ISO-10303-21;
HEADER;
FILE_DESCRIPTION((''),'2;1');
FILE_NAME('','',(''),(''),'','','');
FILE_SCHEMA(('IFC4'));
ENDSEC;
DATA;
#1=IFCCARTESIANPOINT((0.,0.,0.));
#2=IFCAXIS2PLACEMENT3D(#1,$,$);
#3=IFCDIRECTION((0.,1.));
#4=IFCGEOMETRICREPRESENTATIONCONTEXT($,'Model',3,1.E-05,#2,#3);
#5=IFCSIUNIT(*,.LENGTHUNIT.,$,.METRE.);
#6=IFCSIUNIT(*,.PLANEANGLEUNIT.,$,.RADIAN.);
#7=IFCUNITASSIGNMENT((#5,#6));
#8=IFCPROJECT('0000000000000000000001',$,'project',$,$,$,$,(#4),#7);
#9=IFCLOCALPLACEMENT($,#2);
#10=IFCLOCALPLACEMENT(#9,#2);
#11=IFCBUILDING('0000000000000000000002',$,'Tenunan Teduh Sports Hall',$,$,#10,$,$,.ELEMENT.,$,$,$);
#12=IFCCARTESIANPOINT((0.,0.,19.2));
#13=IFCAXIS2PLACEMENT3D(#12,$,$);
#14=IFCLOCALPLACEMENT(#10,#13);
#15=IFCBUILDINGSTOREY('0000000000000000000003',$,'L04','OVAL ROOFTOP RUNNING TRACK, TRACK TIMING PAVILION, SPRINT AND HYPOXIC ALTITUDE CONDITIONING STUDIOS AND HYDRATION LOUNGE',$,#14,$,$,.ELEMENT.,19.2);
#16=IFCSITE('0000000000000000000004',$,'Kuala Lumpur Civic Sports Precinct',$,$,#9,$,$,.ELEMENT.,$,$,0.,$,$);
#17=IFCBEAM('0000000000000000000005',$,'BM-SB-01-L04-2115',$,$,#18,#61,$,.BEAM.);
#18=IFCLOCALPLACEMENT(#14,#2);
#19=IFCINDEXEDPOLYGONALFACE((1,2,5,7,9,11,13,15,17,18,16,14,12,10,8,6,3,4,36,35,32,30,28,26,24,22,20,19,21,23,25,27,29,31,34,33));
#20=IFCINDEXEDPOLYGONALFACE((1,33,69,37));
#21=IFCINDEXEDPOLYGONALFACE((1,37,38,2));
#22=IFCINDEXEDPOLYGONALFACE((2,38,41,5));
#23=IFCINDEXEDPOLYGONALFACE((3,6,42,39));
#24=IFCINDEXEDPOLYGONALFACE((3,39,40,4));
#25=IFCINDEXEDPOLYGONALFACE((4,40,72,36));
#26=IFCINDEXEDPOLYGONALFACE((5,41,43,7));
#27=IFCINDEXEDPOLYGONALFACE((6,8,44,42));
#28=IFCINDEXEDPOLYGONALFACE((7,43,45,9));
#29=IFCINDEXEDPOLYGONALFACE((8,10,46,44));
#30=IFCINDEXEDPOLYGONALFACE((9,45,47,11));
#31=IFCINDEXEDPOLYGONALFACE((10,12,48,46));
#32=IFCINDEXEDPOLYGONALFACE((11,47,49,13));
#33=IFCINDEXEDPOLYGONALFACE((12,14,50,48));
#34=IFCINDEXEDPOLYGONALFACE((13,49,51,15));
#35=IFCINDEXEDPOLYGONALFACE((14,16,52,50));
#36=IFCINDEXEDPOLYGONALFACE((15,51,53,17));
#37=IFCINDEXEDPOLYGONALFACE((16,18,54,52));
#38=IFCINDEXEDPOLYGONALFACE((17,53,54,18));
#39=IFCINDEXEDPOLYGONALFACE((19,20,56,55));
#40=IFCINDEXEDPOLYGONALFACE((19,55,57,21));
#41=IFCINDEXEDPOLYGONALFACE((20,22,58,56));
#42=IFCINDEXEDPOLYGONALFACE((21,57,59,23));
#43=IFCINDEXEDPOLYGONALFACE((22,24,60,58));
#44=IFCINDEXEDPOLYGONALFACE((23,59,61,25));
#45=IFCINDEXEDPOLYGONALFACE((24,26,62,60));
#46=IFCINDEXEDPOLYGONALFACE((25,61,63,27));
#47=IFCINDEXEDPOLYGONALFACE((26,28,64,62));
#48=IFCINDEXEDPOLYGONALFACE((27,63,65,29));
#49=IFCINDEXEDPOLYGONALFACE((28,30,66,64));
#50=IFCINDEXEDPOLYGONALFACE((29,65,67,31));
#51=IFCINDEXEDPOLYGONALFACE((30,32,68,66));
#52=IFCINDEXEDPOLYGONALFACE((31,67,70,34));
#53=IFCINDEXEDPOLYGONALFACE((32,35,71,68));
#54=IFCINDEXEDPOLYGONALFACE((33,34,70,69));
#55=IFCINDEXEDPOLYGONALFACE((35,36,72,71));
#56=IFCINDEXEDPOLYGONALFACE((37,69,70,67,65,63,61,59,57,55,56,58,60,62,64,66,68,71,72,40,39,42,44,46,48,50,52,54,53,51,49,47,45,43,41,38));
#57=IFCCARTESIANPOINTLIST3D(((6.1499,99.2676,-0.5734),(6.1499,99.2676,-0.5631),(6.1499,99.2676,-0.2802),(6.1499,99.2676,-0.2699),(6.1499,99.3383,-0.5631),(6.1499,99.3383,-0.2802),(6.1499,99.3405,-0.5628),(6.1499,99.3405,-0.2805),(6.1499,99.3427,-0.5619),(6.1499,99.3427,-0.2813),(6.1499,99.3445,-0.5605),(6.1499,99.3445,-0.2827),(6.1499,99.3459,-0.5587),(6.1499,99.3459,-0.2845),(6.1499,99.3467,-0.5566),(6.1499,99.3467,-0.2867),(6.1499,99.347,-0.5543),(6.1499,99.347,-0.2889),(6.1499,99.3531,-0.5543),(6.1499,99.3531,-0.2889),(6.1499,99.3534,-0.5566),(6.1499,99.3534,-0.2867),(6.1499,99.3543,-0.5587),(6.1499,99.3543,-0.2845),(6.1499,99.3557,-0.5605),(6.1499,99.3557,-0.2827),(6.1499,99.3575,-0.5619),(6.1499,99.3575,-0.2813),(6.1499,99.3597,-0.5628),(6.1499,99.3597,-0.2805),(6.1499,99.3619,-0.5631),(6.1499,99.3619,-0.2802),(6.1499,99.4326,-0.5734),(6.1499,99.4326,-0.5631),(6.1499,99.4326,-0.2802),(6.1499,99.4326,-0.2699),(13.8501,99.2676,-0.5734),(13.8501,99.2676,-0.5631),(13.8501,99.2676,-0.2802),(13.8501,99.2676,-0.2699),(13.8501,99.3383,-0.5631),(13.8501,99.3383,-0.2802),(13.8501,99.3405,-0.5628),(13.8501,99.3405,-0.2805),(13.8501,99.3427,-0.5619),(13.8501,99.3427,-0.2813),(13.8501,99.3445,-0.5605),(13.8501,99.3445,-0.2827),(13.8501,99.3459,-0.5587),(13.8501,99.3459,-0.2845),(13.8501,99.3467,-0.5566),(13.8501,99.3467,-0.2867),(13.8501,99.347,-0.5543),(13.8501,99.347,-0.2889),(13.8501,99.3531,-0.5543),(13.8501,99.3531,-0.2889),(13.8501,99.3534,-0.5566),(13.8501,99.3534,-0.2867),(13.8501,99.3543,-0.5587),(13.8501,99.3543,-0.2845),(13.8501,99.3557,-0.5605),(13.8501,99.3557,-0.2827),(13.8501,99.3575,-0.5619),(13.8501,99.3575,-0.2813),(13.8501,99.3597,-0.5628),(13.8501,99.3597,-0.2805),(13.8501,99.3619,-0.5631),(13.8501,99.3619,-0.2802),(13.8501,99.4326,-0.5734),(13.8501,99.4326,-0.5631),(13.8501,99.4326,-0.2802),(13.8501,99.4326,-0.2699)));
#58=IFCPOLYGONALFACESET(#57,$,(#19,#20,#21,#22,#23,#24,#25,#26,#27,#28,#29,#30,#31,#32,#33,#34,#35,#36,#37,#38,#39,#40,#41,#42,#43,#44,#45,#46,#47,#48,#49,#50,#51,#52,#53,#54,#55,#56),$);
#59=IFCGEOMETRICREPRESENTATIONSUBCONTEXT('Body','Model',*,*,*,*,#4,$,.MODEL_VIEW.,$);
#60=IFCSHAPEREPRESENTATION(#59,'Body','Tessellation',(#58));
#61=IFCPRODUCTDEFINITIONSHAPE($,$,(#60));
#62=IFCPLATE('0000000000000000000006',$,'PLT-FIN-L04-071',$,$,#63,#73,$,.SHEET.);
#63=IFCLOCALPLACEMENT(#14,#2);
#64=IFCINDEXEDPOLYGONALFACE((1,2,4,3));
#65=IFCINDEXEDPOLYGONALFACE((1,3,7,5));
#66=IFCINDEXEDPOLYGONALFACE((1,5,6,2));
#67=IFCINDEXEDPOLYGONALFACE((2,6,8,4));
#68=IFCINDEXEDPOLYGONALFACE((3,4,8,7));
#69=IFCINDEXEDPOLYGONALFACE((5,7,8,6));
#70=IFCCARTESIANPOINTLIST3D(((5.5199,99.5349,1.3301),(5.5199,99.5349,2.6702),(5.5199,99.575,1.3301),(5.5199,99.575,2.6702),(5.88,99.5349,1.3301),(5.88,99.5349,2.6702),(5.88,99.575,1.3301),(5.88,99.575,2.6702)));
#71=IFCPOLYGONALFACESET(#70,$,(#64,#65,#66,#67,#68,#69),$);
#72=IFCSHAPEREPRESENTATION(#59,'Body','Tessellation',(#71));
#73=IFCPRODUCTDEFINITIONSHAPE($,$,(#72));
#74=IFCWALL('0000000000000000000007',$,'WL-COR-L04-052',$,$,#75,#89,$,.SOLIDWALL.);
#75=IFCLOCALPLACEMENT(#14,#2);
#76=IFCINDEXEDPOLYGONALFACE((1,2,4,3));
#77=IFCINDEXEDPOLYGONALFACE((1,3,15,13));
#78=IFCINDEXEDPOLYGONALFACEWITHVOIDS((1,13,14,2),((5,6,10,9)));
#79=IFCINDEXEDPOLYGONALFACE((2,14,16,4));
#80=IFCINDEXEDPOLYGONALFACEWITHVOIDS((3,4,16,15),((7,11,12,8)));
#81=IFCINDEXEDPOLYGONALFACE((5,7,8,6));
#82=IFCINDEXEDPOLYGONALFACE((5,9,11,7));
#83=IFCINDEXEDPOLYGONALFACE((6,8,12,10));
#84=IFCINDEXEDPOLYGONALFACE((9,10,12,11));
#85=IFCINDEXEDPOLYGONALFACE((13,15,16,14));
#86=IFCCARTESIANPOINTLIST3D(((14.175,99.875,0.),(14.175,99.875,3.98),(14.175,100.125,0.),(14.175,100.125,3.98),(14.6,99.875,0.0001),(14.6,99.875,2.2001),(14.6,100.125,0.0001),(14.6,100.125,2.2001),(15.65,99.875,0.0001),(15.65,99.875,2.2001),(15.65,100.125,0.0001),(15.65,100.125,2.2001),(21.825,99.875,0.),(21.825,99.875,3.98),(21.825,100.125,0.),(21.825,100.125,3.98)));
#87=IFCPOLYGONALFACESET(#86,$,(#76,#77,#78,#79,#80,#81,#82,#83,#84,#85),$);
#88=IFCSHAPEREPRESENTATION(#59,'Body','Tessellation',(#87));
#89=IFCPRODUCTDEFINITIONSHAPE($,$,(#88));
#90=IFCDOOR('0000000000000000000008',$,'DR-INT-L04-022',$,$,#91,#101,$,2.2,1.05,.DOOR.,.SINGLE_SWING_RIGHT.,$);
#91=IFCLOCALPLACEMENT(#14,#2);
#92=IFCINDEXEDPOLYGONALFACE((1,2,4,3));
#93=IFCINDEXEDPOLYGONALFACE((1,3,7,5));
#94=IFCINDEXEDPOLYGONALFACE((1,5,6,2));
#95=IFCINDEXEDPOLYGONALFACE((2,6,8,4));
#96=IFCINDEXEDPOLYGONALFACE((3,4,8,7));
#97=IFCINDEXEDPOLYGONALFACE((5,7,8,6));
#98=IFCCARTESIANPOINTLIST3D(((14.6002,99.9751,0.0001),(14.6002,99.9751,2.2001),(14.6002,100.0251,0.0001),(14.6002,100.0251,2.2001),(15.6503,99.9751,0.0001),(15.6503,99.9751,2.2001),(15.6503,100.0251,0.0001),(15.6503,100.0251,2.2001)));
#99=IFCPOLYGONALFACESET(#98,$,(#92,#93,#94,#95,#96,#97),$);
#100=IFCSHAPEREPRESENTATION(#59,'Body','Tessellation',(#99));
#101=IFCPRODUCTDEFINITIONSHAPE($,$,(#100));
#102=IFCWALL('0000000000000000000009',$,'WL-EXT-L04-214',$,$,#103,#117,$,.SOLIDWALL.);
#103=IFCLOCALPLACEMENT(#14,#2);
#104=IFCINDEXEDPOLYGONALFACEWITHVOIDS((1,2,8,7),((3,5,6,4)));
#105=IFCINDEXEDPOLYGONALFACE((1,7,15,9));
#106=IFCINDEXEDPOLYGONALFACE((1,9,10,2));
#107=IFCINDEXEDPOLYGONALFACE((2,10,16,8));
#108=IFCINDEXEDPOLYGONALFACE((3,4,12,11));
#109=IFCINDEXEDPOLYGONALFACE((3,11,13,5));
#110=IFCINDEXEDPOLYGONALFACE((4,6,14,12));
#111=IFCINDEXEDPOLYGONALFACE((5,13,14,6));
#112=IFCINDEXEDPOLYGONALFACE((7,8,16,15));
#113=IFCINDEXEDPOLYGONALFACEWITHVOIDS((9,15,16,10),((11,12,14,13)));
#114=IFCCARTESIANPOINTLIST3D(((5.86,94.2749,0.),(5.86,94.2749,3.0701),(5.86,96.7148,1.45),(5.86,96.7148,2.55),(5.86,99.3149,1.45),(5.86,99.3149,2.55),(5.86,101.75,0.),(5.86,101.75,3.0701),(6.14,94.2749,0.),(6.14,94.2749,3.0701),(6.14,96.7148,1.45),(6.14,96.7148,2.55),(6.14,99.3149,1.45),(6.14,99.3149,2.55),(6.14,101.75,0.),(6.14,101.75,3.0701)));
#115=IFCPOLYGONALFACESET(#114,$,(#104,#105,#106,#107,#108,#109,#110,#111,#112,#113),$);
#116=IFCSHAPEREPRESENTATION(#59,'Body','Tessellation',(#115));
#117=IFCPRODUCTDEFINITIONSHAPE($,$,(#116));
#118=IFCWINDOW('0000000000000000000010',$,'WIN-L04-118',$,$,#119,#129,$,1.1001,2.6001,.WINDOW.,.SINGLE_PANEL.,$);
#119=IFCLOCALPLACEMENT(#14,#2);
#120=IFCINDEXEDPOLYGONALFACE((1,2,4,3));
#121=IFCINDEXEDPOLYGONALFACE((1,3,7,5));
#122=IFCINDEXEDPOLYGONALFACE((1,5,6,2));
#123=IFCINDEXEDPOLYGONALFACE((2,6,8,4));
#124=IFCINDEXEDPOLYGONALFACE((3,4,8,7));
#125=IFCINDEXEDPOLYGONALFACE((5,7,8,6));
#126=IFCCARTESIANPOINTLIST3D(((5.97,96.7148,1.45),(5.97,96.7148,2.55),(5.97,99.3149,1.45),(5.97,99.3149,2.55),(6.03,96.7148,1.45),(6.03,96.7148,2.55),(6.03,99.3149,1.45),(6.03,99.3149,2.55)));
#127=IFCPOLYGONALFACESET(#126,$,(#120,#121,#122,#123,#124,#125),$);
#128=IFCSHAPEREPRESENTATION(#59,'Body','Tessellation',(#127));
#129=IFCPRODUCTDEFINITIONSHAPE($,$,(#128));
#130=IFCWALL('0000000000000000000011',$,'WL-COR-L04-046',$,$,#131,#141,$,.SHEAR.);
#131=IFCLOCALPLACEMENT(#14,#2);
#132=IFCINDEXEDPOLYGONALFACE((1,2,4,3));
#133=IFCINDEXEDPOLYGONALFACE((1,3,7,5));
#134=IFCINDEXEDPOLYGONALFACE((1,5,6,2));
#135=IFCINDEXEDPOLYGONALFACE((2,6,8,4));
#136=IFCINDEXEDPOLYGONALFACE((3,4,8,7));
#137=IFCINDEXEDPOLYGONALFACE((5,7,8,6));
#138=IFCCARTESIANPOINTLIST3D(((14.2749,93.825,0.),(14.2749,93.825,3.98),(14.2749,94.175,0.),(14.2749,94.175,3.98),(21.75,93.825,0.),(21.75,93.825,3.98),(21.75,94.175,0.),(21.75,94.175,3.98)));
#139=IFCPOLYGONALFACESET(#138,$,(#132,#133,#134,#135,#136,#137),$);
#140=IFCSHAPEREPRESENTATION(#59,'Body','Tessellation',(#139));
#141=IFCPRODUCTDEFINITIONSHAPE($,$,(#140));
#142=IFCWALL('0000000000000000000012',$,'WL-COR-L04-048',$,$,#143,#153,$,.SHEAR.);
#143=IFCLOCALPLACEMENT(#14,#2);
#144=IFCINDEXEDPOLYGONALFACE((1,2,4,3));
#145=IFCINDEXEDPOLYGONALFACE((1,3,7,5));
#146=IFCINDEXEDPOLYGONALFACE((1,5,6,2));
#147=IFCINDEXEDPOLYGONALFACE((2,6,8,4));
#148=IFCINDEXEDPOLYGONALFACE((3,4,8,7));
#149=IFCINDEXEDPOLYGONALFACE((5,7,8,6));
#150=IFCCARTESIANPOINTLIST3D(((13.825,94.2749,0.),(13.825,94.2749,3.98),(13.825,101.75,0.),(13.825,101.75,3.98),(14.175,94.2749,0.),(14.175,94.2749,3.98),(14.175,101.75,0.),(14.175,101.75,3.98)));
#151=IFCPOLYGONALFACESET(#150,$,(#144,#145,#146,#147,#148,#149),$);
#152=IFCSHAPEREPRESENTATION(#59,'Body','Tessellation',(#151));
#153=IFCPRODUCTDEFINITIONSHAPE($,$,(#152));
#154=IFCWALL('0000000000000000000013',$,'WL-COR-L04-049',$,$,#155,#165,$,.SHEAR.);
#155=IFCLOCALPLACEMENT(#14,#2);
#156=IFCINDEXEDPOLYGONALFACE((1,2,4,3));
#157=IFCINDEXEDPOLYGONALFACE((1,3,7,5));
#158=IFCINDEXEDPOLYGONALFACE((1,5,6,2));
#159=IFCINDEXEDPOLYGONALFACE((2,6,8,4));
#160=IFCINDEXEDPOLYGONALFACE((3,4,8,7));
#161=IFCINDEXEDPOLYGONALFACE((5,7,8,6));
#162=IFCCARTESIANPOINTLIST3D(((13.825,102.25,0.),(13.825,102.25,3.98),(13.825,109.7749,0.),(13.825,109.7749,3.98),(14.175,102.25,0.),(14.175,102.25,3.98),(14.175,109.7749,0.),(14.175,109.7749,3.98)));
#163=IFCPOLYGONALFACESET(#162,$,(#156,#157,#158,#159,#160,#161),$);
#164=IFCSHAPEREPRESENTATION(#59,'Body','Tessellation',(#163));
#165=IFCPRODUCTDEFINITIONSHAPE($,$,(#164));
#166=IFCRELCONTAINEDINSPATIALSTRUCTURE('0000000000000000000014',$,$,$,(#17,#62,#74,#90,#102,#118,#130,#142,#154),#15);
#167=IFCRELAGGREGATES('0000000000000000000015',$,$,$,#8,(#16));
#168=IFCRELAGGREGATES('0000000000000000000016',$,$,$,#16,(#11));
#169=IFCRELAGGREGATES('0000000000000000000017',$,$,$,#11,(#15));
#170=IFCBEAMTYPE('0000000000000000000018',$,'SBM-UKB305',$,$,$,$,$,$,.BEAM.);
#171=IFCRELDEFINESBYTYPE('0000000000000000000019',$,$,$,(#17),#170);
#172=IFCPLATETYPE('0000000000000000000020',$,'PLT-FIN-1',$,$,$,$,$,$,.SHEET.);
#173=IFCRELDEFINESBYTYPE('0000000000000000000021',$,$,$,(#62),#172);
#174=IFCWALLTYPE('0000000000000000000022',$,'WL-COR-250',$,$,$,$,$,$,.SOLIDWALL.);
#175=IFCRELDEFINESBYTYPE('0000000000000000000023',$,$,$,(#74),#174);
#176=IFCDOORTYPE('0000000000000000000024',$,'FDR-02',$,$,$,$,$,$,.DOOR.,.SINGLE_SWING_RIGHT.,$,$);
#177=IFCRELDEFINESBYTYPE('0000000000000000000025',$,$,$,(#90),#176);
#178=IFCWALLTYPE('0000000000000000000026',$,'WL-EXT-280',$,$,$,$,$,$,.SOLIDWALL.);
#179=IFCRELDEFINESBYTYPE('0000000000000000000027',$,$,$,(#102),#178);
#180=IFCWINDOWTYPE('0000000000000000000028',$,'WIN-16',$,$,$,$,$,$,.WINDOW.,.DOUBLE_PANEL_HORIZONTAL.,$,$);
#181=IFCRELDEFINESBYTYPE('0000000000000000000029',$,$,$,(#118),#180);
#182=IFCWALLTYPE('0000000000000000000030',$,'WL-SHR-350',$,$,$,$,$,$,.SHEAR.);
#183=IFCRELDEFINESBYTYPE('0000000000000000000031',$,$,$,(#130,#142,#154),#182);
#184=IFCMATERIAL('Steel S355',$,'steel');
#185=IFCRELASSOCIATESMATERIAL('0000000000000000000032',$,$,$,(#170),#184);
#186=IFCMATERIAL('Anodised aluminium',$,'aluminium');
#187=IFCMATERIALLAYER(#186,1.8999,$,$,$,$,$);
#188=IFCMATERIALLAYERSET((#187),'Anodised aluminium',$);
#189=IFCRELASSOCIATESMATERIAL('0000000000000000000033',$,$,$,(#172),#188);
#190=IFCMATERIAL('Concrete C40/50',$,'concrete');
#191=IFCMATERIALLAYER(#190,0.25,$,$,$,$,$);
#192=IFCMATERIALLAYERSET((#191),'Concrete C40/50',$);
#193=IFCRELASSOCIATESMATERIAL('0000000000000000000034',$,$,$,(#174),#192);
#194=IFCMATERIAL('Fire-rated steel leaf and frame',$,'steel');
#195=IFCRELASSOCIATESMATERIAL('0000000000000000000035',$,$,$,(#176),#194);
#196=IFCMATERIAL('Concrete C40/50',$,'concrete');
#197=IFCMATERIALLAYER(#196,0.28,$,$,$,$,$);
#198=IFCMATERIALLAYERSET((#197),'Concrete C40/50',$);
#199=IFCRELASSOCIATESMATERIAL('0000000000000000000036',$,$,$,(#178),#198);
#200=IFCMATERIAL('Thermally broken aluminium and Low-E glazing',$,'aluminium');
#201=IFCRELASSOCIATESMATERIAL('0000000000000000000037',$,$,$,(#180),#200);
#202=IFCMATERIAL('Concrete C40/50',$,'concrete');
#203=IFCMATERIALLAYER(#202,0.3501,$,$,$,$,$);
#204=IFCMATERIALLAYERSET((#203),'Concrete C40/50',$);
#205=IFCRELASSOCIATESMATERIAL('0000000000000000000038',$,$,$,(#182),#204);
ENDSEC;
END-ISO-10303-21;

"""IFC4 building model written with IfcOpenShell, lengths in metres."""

from ifc_helpers import new_model, si_unit, direction, frame, frame_2d, origin, origin_2d, place, context, subcontext, project, spatial, rectangle, i_section, extrude, material, layer, layer_set, material_profile, profile_set, type_object, element, fill, save


model = new_model("IFC4")

# Units and contexts
model_context = context("Model", 3, precision=1e-05, world=origin(), true_north=direction((0.0, 1.0)))
body_context = subcontext(model_context, "Body", "Model", "MODEL_VIEW")
ifc_project = project(units=[si_unit("LENGTHUNIT", "METRE"), si_unit("PLANEANGLEUNIT", "RADIAN")], contexts=[model_context])

# Site, building, storey
site_placement = place(None, origin())
site = spatial("IfcSite", under=ifc_project, at=site_placement, Name="Kuala Lumpur Civic Sports Precinct", CompositionType="ELEMENT", RefElevation=0.0)
building_placement = place(site_placement, origin())
building = spatial("IfcBuilding", under=site, at=building_placement, Name="Tenunan Teduh Sports Hall", CompositionType="ELEMENT")
storey_placement = place(building_placement, frame((0.0, 0.0, 19.2)))
storey = spatial("IfcBuildingStorey", under=building, at=storey_placement, Name="L04", Description="OVAL ROOFTOP RUNNING TRACK, TRACK TIMING PAVILION, SPRINT AND HYPOXIC ALTITUDE CONDITIONING STUDIOS AND HYDRATION LOUNGE", CompositionType="ELEMENT", Elevation=19.2)

# Beam
ifc_material_1 = material(Name="Steel S355", Category="steel")
ifc_material_profile_1 = material_profile(ifc_material_1, i_section(OverallWidth=0.165, OverallDepth=0.3035, WebThickness=0.0061, FlangeThickness=0.0103, FilletRadius=0.0088, at=origin_2d()), Name="UKB 305x165x40")
ifc_profile_set_1 = profile_set([ifc_material_profile_1], Name="Steel S355")
beam_type_1 = type_object("IfcBeamType", Name="SBM-UKB305", PredefinedType="BEAM", material=ifc_profile_set_1)
beam_1_placement = place(storey_placement, frame((6.1499, 99.3501, -0.4216), z_axis=(1.0, 0.0, 0.0), x_axis=(0.0, 1.0, 0.0)))
element("IfcBeam", 1, at=beam_1_placement, inside=storey, type_object=beam_type_1, Name="BM-SB-01-L04-2115", PredefinedType="BEAM", context=body_context, shape_type="SweptSolid", body=[
    extrude(i_section(OverallWidth=0.165, OverallDepth=0.3035, WebThickness=0.0061, FlangeThickness=0.0103, FilletRadius=0.0088, at=origin_2d()), origin(), (0.0, 0.0, 1.0), 7.7002),
])

# Plate
ifc_material_2 = material(Name="Anodised aluminium", Category="aluminium")
ifc_layer_1 = layer(ifc_material_2, 1.8999)
ifc_layer_set_1 = layer_set([ifc_layer_1], Name="Anodised aluminium")
plate_type = type_object("IfcPlateType", Name="PLT-FIN-1", PredefinedType="SHEET", material=ifc_layer_set_1)
plate_placement = place(storey_placement, frame((5.7, 99.5549, 1.3301), z_axis=(0.0, 0.0, 1.0), x_axis=(0.0, 1.0, 0.0)))
element("IfcPlate", 2, at=plate_placement, inside=storey, type_object=plate_type, Name="PLT-FIN-L04-071", PredefinedType="SHEET", context=body_context, shape_type="SweptSolid", body=[
    extrude(rectangle(XDim=0.04, YDim=0.3601, at=origin_2d()), origin(), (0.0, 0.0, 1.0), 1.3401),
])

# Wall, opening, door
ifc_material_3 = material(Name="Concrete C40/50", Category="concrete")
ifc_layer_2 = layer(ifc_material_3, 0.25)
ifc_layer_set_2 = layer_set([ifc_layer_2], Name="Concrete C40/50")
wall_type_1 = type_object("IfcWallType", Name="WL-COR-250", PredefinedType="SOLIDWALL", material=ifc_layer_set_2)
wall_1_placement = place(storey_placement, frame((14.175, 100.0, 0.0), z_axis=(0.0, 0.0, 1.0), x_axis=(1.0, 0.0, 0.0)))
wall_1 = element("IfcWall", 3, at=wall_1_placement, inside=storey, type_object=wall_type_1, Name="WL-COR-L04-052", PredefinedType="SOLIDWALL", context=body_context, shape_type="SweptSolid", body=[
    extrude(rectangle(XDim=7.6499, YDim=0.25, at=frame_2d((3.825, 0.0))), origin(), (0.0, 0.0, 1.0), 3.98),
])
opening_1_placement = place(wall_1_placement, frame((0.425, 0.0, 0.0)))
opening_1 = element("IfcOpeningElement", 4, at=opening_1_placement, cuts=wall_1, PredefinedType="OPENING", context=body_context, shape_type="SweptSolid", body=[
    extrude(rectangle(XDim=1.05, YDim=2.2, at=frame_2d((0.5249, 1.1001))), frame((0.0, 0.135, 0.0), z_axis=(0.0, -1.0, 0.0), x_axis=(1.0, 0.0, 0.0)), (0.0, 0.0, 1.0), 0.27),
])
ifc_material_4 = material(Name="Fire-rated steel leaf and frame", Category="steel")
door_type = type_object("IfcDoorType", Name="FDR-02", OperationType="SINGLE_SWING_RIGHT", PredefinedType="DOOR", material=ifc_material_4)
door_placement = place(opening_1_placement, frame((1.05, 0.0, 0.0), z_axis=(0.0, 0.0, 1.0), x_axis=(-1.0, 0.0, 0.0)))
door = element("IfcDoor", 5, at=door_placement, inside=storey, type_object=door_type, Name="DR-INT-L04-022", OperationType="SINGLE_SWING_RIGHT", OverallHeight=2.2, OverallWidth=1.05, PredefinedType="DOOR", context=body_context, shape_type="SweptSolid", body=[
    extrude(rectangle(XDim=1.05, YDim=2.2, at=frame_2d((0.5249, 1.1001))), frame((0.0, 0.0249, 0.0), z_axis=(0.0, -1.0, 0.0), x_axis=(1.0, 0.0, 0.0)), (0.0, 0.0, 1.0), 0.05),
])
fill(opening_1, door)

# Wall, opening, window
ifc_material_5 = material(Name="Concrete C40/50", Category="concrete")
ifc_layer_3 = layer(ifc_material_5, 0.28)
ifc_layer_set_3 = layer_set([ifc_layer_3], Name="Concrete C40/50")
wall_type_2 = type_object("IfcWallType", Name="WL-EXT-280", PredefinedType="SOLIDWALL", material=ifc_layer_set_3)
wall_2_placement = place(storey_placement, frame((6.0, 94.2749, 0.0), z_axis=(0.0, 0.0, 1.0), x_axis=(0.0, 1.0, 0.0)))
wall_2 = element("IfcWall", 6, at=wall_2_placement, inside=storey, type_object=wall_type_2, Name="WL-EXT-L04-214", PredefinedType="SOLIDWALL", context=body_context, shape_type="SweptSolid", body=[
    extrude(rectangle(XDim=7.4751, YDim=0.28, at=frame_2d((3.7375, 0.0))), origin(), (0.0, 0.0, 1.0), 3.0701),
])
opening_2_placement = place(wall_2_placement, frame((2.4399, 0.0, 1.45)))
opening_2 = element("IfcOpeningElement", 7, at=opening_2_placement, cuts=wall_2, PredefinedType="OPENING", context=body_context, shape_type="SweptSolid", body=[
    extrude(rectangle(XDim=2.6001, YDim=1.1001, at=frame_2d((1.3, 0.55))), frame((0.0, 0.1499, 0.0), z_axis=(0.0, -1.0, 0.0), x_axis=(1.0, 0.0, 0.0)), (0.0, 0.0, 1.0), 0.3),
])
ifc_material_6 = material(Name="Thermally broken aluminium and Low-E glazing", Category="aluminium")
window_type = type_object("IfcWindowType", Name="WIN-16", PartitioningType="DOUBLE_PANEL_HORIZONTAL", PredefinedType="WINDOW", material=ifc_material_6)
window_placement = place(opening_2_placement, origin())
window = element("IfcWindow", 8, at=window_placement, inside=storey, type_object=window_type, Name="WIN-L04-118", OverallHeight=1.1001, OverallWidth=2.6001, PartitioningType="SINGLE_PANEL", PredefinedType="WINDOW", context=body_context, shape_type="SweptSolid", body=[
    extrude(rectangle(XDim=2.6001, YDim=1.1001, at=frame_2d((1.3, 0.55))), frame((0.0, 0.03, 0.0), z_axis=(0.0, -1.0, 0.0), x_axis=(1.0, 0.0, 0.0)), (0.0, 0.0, 1.0), 0.0601),
])
fill(opening_2, window)

# Walls
ifc_material_7 = material(Name="Concrete C40/50", Category="concrete")
ifc_layer_4 = layer(ifc_material_7, 0.3501)
ifc_layer_set_4 = layer_set([ifc_layer_4], Name="Concrete C40/50")
wall_type_3 = type_object("IfcWallType", Name="WL-SHR-350", PredefinedType="SHEAR", material=ifc_layer_set_4)
for number, where, z_axis, x_axis, name in (
    (9, (14.2749, 94.0, 0.0), (0.0, 0.0, 1.0), (1.0, 0.0, 0.0), "WL-COR-L04-046"),
    (10, (14.0, 94.2749, 0.0), (0.0, 0.0, 1.0), (0.0, 1.0, 0.0), "WL-COR-L04-048"),
):
    element("IfcWall", number, at=place(storey_placement, frame(where, z_axis=z_axis, x_axis=x_axis)), inside=storey, type_object=wall_type_3, Name=name, PredefinedType="SHEAR", context=body_context, shape_type="SweptSolid", body=[
        extrude(rectangle(XDim=7.4751, YDim=0.3501, at=frame_2d((3.7375, 0.0))), origin(), (0.0, 0.0, 1.0), 3.98),
    ])
wall_3_placement = place(storey_placement, frame((14.0, 102.25, 0.0), z_axis=(0.0, 0.0, 1.0), x_axis=(0.0, 1.0, 0.0)))
element("IfcWall", 11, at=wall_3_placement, inside=storey, type_object=wall_type_3, Name="WL-COR-L04-049", PredefinedType="SHEAR", context=body_context, shape_type="SweptSolid", body=[
    extrude(rectangle(XDim=7.5249, YDim=0.3501, at=frame_2d((3.7625, 0.0))), origin(), (0.0, 0.0, 1.0), 3.98),
])

save(model, "model.ifc")
